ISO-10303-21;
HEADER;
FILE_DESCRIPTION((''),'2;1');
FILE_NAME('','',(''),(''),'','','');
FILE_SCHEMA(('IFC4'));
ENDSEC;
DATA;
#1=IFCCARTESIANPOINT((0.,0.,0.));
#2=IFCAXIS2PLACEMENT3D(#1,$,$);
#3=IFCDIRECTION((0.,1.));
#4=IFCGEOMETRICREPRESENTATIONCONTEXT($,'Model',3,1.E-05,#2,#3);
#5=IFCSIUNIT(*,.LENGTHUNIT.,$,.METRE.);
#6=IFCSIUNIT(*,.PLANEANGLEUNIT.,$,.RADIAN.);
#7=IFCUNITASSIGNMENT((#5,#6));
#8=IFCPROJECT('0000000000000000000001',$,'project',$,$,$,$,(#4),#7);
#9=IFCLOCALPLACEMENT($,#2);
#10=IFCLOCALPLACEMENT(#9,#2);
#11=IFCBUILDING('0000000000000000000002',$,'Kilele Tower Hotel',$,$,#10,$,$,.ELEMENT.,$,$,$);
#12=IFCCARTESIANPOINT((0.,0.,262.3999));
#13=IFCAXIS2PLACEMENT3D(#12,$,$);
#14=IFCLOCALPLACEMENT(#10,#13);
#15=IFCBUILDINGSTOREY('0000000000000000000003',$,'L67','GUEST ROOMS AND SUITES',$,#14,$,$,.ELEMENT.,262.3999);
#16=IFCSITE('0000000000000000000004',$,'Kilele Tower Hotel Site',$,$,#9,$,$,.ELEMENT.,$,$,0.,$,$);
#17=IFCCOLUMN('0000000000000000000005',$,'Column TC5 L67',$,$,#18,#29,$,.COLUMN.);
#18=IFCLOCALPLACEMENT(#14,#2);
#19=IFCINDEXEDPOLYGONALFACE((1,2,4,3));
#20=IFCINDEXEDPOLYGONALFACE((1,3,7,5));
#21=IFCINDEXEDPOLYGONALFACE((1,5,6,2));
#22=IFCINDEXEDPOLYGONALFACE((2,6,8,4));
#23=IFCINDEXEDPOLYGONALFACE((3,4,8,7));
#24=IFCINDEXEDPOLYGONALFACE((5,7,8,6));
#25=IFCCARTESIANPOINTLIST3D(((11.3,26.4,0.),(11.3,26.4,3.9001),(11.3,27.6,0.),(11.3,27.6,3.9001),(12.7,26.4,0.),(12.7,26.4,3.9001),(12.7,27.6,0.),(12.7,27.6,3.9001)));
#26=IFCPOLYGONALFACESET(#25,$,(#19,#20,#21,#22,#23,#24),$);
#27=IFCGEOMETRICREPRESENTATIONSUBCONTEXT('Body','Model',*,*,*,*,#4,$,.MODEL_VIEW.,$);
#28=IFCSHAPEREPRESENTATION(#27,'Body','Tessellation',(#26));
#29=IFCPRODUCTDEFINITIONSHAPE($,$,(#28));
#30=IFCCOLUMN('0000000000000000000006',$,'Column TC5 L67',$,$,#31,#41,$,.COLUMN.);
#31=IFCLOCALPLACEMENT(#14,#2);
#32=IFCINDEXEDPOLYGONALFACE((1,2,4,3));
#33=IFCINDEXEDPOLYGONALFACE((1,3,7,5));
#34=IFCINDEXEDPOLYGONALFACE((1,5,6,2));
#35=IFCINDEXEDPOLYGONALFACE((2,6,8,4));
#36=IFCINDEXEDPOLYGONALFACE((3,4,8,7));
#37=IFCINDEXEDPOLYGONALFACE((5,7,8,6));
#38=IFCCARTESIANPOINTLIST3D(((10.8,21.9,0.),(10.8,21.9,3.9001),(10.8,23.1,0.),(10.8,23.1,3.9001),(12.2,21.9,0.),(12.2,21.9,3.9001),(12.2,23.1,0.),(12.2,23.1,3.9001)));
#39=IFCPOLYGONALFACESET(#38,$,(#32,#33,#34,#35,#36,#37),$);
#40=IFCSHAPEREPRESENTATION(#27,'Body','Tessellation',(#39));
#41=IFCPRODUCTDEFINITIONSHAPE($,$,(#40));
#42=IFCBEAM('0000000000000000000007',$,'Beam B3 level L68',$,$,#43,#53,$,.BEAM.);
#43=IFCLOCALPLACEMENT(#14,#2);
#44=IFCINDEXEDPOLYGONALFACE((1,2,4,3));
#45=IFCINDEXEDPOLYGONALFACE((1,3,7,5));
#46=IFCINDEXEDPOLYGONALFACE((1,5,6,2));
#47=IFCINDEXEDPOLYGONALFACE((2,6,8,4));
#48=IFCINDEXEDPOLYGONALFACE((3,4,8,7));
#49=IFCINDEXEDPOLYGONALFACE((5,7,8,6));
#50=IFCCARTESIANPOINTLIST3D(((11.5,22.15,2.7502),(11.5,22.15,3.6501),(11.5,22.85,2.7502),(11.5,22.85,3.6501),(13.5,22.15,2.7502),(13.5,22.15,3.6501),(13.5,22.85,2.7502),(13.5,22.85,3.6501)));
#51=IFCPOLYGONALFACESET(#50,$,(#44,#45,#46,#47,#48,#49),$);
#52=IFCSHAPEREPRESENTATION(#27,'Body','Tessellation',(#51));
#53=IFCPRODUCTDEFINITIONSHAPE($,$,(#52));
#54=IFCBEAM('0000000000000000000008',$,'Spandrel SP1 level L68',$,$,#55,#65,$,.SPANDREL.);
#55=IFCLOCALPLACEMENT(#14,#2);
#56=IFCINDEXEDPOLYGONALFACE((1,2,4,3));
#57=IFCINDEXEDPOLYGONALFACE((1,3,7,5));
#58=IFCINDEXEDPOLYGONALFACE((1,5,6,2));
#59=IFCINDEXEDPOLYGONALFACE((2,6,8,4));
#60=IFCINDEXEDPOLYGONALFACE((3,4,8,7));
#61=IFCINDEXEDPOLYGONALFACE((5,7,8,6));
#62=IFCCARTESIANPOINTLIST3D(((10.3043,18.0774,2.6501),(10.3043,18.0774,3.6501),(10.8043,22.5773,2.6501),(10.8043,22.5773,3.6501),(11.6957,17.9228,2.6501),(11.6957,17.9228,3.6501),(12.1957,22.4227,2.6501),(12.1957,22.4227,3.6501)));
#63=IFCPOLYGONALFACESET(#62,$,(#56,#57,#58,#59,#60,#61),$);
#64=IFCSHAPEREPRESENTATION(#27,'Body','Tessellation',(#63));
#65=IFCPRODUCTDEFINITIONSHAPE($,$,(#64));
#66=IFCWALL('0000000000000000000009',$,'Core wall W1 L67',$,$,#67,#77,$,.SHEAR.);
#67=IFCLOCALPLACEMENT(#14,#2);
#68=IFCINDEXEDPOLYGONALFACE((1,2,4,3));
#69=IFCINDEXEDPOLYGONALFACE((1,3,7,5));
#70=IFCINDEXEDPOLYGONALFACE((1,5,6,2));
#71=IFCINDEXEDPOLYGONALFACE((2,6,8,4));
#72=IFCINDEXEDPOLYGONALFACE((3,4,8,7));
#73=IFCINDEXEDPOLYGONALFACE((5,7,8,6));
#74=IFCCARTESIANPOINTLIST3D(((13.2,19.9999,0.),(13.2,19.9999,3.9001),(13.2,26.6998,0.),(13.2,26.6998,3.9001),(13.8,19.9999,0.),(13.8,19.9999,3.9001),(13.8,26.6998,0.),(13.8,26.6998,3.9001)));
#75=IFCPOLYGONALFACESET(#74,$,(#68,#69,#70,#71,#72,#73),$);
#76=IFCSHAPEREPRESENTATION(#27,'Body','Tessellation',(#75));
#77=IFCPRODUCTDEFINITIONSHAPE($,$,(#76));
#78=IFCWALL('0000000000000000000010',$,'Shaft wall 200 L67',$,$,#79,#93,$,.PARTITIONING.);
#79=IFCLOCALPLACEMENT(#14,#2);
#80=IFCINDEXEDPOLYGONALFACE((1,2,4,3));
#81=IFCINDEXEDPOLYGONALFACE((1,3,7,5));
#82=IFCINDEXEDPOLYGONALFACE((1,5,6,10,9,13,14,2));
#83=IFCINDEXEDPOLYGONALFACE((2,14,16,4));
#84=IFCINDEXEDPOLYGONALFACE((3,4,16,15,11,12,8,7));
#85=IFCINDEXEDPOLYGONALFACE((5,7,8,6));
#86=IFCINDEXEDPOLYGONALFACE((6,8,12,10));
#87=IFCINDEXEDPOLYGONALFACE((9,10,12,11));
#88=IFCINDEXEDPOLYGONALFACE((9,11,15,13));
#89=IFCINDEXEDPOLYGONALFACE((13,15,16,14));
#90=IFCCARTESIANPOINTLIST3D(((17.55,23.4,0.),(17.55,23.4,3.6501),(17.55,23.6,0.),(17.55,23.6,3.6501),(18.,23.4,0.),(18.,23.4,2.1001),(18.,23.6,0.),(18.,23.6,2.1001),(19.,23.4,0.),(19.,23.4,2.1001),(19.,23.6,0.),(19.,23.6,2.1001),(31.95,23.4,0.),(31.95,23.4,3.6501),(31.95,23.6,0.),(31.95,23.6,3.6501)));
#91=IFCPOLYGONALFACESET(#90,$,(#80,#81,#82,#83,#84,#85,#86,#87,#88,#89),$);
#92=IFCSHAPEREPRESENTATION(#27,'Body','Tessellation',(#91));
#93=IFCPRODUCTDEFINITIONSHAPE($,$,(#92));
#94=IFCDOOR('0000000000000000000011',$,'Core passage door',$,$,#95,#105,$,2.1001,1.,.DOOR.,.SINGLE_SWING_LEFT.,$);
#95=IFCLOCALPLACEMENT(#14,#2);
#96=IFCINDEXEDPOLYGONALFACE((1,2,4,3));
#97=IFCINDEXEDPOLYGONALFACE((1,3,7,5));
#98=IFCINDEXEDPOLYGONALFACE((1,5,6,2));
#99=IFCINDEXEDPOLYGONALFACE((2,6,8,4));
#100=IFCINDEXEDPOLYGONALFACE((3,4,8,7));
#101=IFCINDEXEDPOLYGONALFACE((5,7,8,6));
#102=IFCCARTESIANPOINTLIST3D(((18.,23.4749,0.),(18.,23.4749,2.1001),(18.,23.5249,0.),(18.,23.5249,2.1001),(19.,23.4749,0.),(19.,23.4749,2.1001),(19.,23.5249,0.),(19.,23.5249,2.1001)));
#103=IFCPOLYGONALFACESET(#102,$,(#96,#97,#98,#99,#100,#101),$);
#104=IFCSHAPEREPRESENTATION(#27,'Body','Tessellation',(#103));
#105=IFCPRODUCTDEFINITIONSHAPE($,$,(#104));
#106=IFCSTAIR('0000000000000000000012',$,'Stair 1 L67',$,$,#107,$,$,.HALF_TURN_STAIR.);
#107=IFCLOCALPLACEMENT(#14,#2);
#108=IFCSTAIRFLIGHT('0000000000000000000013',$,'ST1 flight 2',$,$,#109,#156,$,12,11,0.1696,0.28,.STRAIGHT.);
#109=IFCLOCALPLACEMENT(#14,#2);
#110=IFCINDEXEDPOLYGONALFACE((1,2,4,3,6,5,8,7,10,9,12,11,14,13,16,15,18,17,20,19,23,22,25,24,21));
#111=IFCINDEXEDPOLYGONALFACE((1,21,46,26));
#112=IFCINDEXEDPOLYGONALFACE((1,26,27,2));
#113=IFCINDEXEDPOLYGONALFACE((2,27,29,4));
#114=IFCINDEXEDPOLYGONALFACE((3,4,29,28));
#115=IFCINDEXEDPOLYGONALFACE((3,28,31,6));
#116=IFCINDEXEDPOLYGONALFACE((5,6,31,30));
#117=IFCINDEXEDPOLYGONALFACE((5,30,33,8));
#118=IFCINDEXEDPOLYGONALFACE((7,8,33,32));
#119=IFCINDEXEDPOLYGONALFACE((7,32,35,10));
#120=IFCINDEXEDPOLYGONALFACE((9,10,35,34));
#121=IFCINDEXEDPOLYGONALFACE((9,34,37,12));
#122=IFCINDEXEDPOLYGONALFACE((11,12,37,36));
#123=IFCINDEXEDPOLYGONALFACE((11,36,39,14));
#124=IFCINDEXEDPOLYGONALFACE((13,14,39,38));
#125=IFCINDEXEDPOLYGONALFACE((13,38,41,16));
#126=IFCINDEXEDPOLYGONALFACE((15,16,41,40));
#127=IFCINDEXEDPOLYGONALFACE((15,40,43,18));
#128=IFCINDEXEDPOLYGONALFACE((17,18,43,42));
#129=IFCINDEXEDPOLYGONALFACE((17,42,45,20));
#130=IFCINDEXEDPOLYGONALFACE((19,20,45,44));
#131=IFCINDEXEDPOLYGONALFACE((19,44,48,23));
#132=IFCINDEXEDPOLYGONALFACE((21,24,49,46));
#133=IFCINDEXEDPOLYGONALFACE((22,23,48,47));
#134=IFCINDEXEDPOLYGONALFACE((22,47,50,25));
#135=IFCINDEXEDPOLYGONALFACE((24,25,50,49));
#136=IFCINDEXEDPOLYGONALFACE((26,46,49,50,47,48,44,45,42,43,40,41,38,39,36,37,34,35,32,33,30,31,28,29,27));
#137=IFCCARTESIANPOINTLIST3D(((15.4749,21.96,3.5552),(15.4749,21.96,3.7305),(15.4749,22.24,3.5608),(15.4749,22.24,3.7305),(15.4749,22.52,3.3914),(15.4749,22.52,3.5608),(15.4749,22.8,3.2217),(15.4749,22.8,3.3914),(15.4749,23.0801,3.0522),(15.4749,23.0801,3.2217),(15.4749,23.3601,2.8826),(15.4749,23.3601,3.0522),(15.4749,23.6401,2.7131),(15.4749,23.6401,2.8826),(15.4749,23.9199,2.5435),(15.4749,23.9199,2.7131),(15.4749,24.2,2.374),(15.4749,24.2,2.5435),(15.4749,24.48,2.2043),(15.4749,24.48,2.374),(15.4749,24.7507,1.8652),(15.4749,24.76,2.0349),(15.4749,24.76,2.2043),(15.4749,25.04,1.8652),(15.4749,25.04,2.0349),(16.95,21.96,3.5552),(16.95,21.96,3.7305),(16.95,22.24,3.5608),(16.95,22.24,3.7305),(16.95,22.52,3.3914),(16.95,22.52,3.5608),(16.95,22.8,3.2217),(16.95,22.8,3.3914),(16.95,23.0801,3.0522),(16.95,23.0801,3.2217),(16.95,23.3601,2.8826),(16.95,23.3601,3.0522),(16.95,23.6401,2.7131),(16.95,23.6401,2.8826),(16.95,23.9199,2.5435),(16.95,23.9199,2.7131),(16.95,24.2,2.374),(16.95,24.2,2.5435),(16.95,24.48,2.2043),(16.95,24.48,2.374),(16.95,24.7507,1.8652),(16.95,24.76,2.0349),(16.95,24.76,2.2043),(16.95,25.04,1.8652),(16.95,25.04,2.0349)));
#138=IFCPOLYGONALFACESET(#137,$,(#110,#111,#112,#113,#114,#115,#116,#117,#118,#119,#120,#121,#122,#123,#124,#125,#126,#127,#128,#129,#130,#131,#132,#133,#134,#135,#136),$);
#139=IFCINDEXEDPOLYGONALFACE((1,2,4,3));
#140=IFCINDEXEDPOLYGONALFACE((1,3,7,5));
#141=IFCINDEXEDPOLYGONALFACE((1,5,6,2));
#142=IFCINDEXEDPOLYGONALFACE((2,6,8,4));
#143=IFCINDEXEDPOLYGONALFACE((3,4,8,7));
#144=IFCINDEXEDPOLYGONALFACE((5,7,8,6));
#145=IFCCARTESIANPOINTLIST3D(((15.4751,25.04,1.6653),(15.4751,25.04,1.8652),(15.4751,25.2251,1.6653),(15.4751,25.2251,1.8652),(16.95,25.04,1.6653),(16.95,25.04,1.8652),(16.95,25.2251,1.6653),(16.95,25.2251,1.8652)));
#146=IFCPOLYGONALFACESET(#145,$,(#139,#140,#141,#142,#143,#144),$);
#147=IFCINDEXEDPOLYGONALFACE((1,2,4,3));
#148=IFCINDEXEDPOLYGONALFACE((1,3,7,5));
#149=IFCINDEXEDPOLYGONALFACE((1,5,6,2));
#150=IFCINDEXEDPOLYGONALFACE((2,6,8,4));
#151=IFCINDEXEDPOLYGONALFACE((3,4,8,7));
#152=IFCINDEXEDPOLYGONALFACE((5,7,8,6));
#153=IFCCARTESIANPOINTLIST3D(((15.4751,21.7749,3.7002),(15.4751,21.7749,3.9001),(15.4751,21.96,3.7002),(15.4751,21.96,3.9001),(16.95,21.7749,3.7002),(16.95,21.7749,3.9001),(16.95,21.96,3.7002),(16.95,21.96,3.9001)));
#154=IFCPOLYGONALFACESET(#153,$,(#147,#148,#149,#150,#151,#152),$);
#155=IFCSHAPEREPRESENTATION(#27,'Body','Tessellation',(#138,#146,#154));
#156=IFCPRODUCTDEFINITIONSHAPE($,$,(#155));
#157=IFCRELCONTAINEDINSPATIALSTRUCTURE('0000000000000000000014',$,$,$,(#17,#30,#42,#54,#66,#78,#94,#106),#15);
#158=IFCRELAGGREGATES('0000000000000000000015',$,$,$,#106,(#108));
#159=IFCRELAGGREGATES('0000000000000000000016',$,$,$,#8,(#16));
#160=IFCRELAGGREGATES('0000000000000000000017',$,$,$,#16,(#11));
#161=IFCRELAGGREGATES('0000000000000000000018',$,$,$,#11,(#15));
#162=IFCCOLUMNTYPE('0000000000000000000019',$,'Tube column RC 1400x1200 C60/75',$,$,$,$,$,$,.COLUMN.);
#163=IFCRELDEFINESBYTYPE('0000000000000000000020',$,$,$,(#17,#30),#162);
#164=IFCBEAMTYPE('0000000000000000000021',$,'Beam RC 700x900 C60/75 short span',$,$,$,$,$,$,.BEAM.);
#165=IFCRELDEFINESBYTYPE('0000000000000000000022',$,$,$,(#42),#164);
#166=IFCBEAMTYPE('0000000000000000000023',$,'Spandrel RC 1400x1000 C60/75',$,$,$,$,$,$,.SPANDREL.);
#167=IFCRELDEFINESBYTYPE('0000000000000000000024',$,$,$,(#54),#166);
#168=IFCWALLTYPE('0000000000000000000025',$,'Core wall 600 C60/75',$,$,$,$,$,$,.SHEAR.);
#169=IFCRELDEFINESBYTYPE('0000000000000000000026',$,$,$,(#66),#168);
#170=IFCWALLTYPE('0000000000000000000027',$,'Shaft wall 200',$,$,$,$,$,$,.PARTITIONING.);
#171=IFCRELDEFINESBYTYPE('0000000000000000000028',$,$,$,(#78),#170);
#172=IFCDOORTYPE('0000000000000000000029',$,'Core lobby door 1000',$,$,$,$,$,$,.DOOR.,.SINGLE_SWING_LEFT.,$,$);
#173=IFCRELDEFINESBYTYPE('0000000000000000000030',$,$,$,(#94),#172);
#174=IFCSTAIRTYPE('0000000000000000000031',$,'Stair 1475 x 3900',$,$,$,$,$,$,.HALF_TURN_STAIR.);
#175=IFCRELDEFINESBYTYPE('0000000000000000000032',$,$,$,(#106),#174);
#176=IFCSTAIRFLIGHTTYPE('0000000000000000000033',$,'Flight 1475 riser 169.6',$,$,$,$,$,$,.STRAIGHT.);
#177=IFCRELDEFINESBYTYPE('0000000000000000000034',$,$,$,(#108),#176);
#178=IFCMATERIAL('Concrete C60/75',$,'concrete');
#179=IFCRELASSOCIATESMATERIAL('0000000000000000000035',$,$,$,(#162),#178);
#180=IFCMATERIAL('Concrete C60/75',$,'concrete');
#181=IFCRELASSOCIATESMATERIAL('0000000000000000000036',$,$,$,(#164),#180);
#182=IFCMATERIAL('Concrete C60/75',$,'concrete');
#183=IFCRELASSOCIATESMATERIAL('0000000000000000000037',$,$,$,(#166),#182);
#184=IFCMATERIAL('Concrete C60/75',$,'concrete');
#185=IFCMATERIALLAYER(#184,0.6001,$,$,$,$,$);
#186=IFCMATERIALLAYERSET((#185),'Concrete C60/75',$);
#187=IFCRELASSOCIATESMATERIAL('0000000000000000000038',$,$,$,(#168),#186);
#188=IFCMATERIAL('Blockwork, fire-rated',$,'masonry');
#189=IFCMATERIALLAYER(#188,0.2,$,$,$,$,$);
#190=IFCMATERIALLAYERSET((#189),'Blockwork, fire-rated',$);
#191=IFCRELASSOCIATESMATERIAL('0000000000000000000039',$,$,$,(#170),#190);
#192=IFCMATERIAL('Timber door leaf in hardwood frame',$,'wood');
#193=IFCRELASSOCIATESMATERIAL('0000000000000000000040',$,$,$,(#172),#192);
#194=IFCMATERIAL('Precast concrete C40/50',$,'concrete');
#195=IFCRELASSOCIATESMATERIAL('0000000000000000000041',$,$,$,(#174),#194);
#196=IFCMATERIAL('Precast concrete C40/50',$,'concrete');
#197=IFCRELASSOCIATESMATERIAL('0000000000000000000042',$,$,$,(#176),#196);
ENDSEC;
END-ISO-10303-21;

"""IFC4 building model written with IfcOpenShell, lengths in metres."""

from ifc_helpers import new_model, si_unit, direction, frame, frame_2d, origin, origin_2d, place, context, subcontext, project, spatial, polyline, rectangle, outline, extrude, material, layer, layer_set, material_profile, profile_set, type_object, element, fill, aggregate, save


model = new_model("IFC4")

# Units and contexts
model_context = context("Model", 3, precision=1e-05, world=origin(), true_north=direction((0.0, 1.0)))
body_context = subcontext(model_context, "Body", "Model", "MODEL_VIEW")
ifc_project = project(units=[si_unit("LENGTHUNIT", "METRE"), si_unit("PLANEANGLEUNIT", "RADIAN")], contexts=[model_context])

# Site, building, storey
site_placement = place(None, origin())
site = spatial("IfcSite", under=ifc_project, at=site_placement, Name="Kilele Tower Hotel Site", CompositionType="ELEMENT", RefElevation=0.0)
building_placement = place(site_placement, origin())
building = spatial("IfcBuilding", under=site, at=building_placement, Name="Kilele Tower Hotel", CompositionType="ELEMENT")
storey_placement = place(building_placement, frame((0.0, 0.0, 262.3999)))
storey = spatial("IfcBuildingStorey", under=building, at=storey_placement, Name="L67", Description="GUEST ROOMS AND SUITES", CompositionType="ELEMENT", Elevation=262.3999)

# Columns
ifc_material_1 = material(Name="Concrete C60/75", Category="concrete")
ifc_material_profile_1 = material_profile(ifc_material_1, rectangle(XDim=1.3999, YDim=1.2, at=origin_2d()))
ifc_profile_set_1 = profile_set([ifc_material_profile_1], Name="Concrete C60/75")
column_type = type_object("IfcColumnType", Name="Tube column RC 1400x1200 C60/75", PredefinedType="COLUMN", material=ifc_profile_set_1)
for number, where, z_axis, x_axis, name in (
    (1, (12.0, 27.0, 0.0), (0.0, 0.0, 1.0), (1.0, 0.0, 0.0), "Column TC5 L67"),
    (2, (11.5, 22.5, 0.0), (0.0, 0.0, 1.0), (1.0, 0.0, 0.0), "Column TC5 L67"),
):
    element("IfcColumn", number, at=place(storey_placement, frame(where, z_axis=z_axis, x_axis=x_axis)), inside=storey, type_object=column_type, Name=name, PredefinedType="COLUMN", context=body_context, shape_type="SweptSolid", body=[
        extrude(rectangle(XDim=1.3999, YDim=1.2, at=origin_2d()), origin(), (0.0, 0.0, 1.0), 3.9001),
    ])

# Beams
ifc_material_2 = material(Name="Concrete C60/75", Category="concrete")
ifc_material_profile_2 = material_profile(ifc_material_2, rectangle(XDim=0.7, YDim=0.8999, at=origin_2d()))
ifc_profile_set_2 = profile_set([ifc_material_profile_2], Name="Concrete C60/75")
beam_type_1 = type_object("IfcBeamType", Name="Beam RC 700x900 C60/75 short span", PredefinedType="BEAM", material=ifc_profile_set_2)
beam_1_placement = place(storey_placement, frame((11.5, 22.5, 3.2002), z_axis=(1.0, 0.0, 0.0), x_axis=(0.0, 1.0, 0.0)))
element("IfcBeam", 3, at=beam_1_placement, inside=storey, type_object=beam_type_1, Name="Beam B3 level L68", PredefinedType="BEAM", context=body_context, shape_type="SweptSolid", body=[
    extrude(rectangle(XDim=0.7, YDim=0.8999, at=origin_2d()), origin(), (0.0, 0.0, 1.0), 2.0),
])
ifc_material_3 = material(Name="Concrete C60/75", Category="concrete")
ifc_material_profile_3 = material_profile(ifc_material_3, rectangle(XDim=1.3999, YDim=1.0, at=origin_2d()))
ifc_profile_set_3 = profile_set([ifc_material_profile_3], Name="Concrete C60/75")
beam_type_2 = type_object("IfcBeamType", Name="Spandrel RC 1400x1000 C60/75", PredefinedType="SPANDREL", material=ifc_profile_set_3)
beam_2_placement = place(storey_placement, frame((11.5, 22.5, 3.1501), z_axis=(-0.110432, -0.993884, 0.0), x_axis=(0.993884, -0.110432, 0.0)))
element("IfcBeam", 4, at=beam_2_placement, inside=storey, type_object=beam_type_2, Name="Spandrel SP1 level L68", PredefinedType="SPANDREL", context=body_context, shape_type="SweptSolid", body=[
    extrude(rectangle(XDim=1.3999, YDim=1.0, at=origin_2d()), origin(), (0.0, 0.0, 1.0), 4.5276),
])

# Wall
ifc_material_4 = material(Name="Concrete C60/75", Category="concrete")
ifc_layer_1 = layer(ifc_material_4, 0.6001)
ifc_layer_set_1 = layer_set([ifc_layer_1], Name="Concrete C60/75")
wall_type_1 = type_object("IfcWallType", Name="Core wall 600 C60/75", PredefinedType="SHEAR", material=ifc_layer_set_1)
wall_1_placement = place(storey_placement, frame((13.5, 26.7, 0.0), z_axis=(0.0, 0.0, 1.0), x_axis=(0.0, -1.0, 0.0)))
element("IfcWall", 5, at=wall_1_placement, inside=storey, type_object=wall_type_1, Name="Core wall W1 L67", PredefinedType="SHEAR", context=body_context, shape_type="SweptSolid", body=[
    extrude(rectangle(XDim=6.7, YDim=0.6001, at=frame_2d((3.3501, 0.0))), origin(), (0.0, 0.0, 1.0), 3.9001),
])

# Wall, opening, door
ifc_material_5 = material(Name="Blockwork, fire-rated", Category="masonry")
ifc_layer_2 = layer(ifc_material_5, 0.2)
ifc_layer_set_2 = layer_set([ifc_layer_2], Name="Blockwork, fire-rated")
wall_type_2 = type_object("IfcWallType", Name="Shaft wall 200", PredefinedType="PARTITIONING", material=ifc_layer_set_2)
wall_2_placement = place(storey_placement, frame((17.55, 23.5, 0.0), z_axis=(0.0, 0.0, 1.0), x_axis=(1.0, 0.0, 0.0)))
wall_2 = element("IfcWall", 6, at=wall_2_placement, inside=storey, type_object=wall_type_2, Name="Shaft wall 200 L67", PredefinedType="PARTITIONING", context=body_context, shape_type="SweptSolid", body=[
    extrude(rectangle(XDim=14.3999, YDim=0.2, at=frame_2d((7.2, 0.0))), origin(), (0.0, 0.0, 1.0), 3.6501),
])
opening_placement = place(wall_2_placement, frame((0.45, 0.0, 0.0)))
opening = element("IfcOpeningElement", 7, at=opening_placement, cuts=wall_2, PredefinedType="OPENING", context=body_context, shape_type="SweptSolid", body=[
    extrude(rectangle(XDim=1.0, YDim=2.1001, at=frame_2d((0.5, 1.05))), frame((0.0, 0.1099, 0.0), z_axis=(0.0, -1.0, 0.0), x_axis=(1.0, 0.0, 0.0)), (0.0, 0.0, 1.0), 0.22),
])
ifc_material_6 = material(Name="Timber door leaf in hardwood frame", Category="wood")
door_type = type_object("IfcDoorType", Name="Core lobby door 1000", OperationType="SINGLE_SWING_LEFT", PredefinedType="DOOR", material=ifc_material_6)
door_placement = place(opening_placement, origin())
door = element("IfcDoor", 8, at=door_placement, inside=storey, type_object=door_type, Name="Core passage door", OperationType="SINGLE_SWING_LEFT", OverallHeight=2.1001, OverallWidth=1.0, PredefinedType="DOOR", context=body_context, shape_type="SweptSolid", body=[
    extrude(rectangle(XDim=1.0, YDim=2.1001, at=frame_2d((0.5, 1.05))), frame((0.0, 0.0249, 0.0), z_axis=(0.0, -1.0, 0.0), x_axis=(1.0, 0.0, 0.0)), (0.0, 0.0, 1.0), 0.05),
])
fill(opening, door)

# Stair, stair flight
ifc_material_7 = material(Name="Precast concrete C40/50", Category="concrete")
stair_type = type_object("IfcStairType", Name="Stair 1475 x 3900", PredefinedType="HALF_TURN_STAIR", material=ifc_material_7)
stair_placement = place(storey_placement, origin())
stair = element("IfcStair", 9, at=stair_placement, inside=storey, type_object=stair_type, Name="Stair 1 L67", PredefinedType="HALF_TURN_STAIR")
ifc_material_8 = material(Name="Precast concrete C40/50", Category="concrete")
stair_flight_type = type_object("IfcStairFlightType", Name="Flight 1475 riser 169.6", PredefinedType="STRAIGHT", material=ifc_material_8)
stair_flight_placement = place(storey_placement, frame((16.2124, 25.04, 1.8652), z_axis=(0.0, 0.0, 1.0), x_axis=(0.0, -1.0, 0.0)))
stair_flight = element("IfcStairFlight", 10, at=stair_flight_placement, type_object=stair_flight_type, Name="ST1 flight 2", NumberOfRisers=12, NumberOfTreads=11, PredefinedType="STRAIGHT", RiserHeight=0.1696, TreadLength=0.28, context=body_context, shape_type="SweptSolid", body=[
    extrude(outline(polyline([(0.0, 0.0), (0.0, 0.1697), (0.28, 0.1697), (0.28, 0.3391), (0.5601, 0.3391), (0.5601, 0.5088), (0.8401, 0.5088), (0.8401, 0.6782), (1.1201, 0.6782), (1.1201, 0.8479), (1.3999, 0.8479), (1.3999, 1.0173), (1.6799, 1.0173), (1.6799, 1.187), (1.96, 1.187), (1.96, 1.3564), (2.24, 1.3564), (2.24, 1.5261), (2.52, 1.5261), (2.52, 1.6956), (2.8, 1.6956), (2.8, 1.8652), (3.0801, 1.8652), (3.0801, 2.0347), (3.0801, 1.6899), (0.2893, 0.0), (0.0, 0.0)])), frame((0.0, 0.7375, 0.0), z_axis=(0.0, -1.0, 0.0), x_axis=(1.0, 0.0, 0.0)), (0.0, 0.0, 1.0), 1.4751),
    extrude(outline(polyline([(0.0, -0.7373), (0.0, 0.7375), (-0.1851, 0.7375), (-0.1851, -0.7373), (0.0, -0.7373)])), frame((0.0, 0.0, -0.2)), (0.0, 0.0, 1.0), 0.2),
    extrude(outline(polyline([(3.2651, -0.7373), (3.2651, 0.7375), (3.0801, 0.7375), (3.0801, -0.7373), (3.2651, -0.7373)])), frame((0.0, 0.0, 1.835)), (0.0, 0.0, 1.0), 0.2),
])
aggregate(stair, [stair_flight])

save(model, "model.ifc")
